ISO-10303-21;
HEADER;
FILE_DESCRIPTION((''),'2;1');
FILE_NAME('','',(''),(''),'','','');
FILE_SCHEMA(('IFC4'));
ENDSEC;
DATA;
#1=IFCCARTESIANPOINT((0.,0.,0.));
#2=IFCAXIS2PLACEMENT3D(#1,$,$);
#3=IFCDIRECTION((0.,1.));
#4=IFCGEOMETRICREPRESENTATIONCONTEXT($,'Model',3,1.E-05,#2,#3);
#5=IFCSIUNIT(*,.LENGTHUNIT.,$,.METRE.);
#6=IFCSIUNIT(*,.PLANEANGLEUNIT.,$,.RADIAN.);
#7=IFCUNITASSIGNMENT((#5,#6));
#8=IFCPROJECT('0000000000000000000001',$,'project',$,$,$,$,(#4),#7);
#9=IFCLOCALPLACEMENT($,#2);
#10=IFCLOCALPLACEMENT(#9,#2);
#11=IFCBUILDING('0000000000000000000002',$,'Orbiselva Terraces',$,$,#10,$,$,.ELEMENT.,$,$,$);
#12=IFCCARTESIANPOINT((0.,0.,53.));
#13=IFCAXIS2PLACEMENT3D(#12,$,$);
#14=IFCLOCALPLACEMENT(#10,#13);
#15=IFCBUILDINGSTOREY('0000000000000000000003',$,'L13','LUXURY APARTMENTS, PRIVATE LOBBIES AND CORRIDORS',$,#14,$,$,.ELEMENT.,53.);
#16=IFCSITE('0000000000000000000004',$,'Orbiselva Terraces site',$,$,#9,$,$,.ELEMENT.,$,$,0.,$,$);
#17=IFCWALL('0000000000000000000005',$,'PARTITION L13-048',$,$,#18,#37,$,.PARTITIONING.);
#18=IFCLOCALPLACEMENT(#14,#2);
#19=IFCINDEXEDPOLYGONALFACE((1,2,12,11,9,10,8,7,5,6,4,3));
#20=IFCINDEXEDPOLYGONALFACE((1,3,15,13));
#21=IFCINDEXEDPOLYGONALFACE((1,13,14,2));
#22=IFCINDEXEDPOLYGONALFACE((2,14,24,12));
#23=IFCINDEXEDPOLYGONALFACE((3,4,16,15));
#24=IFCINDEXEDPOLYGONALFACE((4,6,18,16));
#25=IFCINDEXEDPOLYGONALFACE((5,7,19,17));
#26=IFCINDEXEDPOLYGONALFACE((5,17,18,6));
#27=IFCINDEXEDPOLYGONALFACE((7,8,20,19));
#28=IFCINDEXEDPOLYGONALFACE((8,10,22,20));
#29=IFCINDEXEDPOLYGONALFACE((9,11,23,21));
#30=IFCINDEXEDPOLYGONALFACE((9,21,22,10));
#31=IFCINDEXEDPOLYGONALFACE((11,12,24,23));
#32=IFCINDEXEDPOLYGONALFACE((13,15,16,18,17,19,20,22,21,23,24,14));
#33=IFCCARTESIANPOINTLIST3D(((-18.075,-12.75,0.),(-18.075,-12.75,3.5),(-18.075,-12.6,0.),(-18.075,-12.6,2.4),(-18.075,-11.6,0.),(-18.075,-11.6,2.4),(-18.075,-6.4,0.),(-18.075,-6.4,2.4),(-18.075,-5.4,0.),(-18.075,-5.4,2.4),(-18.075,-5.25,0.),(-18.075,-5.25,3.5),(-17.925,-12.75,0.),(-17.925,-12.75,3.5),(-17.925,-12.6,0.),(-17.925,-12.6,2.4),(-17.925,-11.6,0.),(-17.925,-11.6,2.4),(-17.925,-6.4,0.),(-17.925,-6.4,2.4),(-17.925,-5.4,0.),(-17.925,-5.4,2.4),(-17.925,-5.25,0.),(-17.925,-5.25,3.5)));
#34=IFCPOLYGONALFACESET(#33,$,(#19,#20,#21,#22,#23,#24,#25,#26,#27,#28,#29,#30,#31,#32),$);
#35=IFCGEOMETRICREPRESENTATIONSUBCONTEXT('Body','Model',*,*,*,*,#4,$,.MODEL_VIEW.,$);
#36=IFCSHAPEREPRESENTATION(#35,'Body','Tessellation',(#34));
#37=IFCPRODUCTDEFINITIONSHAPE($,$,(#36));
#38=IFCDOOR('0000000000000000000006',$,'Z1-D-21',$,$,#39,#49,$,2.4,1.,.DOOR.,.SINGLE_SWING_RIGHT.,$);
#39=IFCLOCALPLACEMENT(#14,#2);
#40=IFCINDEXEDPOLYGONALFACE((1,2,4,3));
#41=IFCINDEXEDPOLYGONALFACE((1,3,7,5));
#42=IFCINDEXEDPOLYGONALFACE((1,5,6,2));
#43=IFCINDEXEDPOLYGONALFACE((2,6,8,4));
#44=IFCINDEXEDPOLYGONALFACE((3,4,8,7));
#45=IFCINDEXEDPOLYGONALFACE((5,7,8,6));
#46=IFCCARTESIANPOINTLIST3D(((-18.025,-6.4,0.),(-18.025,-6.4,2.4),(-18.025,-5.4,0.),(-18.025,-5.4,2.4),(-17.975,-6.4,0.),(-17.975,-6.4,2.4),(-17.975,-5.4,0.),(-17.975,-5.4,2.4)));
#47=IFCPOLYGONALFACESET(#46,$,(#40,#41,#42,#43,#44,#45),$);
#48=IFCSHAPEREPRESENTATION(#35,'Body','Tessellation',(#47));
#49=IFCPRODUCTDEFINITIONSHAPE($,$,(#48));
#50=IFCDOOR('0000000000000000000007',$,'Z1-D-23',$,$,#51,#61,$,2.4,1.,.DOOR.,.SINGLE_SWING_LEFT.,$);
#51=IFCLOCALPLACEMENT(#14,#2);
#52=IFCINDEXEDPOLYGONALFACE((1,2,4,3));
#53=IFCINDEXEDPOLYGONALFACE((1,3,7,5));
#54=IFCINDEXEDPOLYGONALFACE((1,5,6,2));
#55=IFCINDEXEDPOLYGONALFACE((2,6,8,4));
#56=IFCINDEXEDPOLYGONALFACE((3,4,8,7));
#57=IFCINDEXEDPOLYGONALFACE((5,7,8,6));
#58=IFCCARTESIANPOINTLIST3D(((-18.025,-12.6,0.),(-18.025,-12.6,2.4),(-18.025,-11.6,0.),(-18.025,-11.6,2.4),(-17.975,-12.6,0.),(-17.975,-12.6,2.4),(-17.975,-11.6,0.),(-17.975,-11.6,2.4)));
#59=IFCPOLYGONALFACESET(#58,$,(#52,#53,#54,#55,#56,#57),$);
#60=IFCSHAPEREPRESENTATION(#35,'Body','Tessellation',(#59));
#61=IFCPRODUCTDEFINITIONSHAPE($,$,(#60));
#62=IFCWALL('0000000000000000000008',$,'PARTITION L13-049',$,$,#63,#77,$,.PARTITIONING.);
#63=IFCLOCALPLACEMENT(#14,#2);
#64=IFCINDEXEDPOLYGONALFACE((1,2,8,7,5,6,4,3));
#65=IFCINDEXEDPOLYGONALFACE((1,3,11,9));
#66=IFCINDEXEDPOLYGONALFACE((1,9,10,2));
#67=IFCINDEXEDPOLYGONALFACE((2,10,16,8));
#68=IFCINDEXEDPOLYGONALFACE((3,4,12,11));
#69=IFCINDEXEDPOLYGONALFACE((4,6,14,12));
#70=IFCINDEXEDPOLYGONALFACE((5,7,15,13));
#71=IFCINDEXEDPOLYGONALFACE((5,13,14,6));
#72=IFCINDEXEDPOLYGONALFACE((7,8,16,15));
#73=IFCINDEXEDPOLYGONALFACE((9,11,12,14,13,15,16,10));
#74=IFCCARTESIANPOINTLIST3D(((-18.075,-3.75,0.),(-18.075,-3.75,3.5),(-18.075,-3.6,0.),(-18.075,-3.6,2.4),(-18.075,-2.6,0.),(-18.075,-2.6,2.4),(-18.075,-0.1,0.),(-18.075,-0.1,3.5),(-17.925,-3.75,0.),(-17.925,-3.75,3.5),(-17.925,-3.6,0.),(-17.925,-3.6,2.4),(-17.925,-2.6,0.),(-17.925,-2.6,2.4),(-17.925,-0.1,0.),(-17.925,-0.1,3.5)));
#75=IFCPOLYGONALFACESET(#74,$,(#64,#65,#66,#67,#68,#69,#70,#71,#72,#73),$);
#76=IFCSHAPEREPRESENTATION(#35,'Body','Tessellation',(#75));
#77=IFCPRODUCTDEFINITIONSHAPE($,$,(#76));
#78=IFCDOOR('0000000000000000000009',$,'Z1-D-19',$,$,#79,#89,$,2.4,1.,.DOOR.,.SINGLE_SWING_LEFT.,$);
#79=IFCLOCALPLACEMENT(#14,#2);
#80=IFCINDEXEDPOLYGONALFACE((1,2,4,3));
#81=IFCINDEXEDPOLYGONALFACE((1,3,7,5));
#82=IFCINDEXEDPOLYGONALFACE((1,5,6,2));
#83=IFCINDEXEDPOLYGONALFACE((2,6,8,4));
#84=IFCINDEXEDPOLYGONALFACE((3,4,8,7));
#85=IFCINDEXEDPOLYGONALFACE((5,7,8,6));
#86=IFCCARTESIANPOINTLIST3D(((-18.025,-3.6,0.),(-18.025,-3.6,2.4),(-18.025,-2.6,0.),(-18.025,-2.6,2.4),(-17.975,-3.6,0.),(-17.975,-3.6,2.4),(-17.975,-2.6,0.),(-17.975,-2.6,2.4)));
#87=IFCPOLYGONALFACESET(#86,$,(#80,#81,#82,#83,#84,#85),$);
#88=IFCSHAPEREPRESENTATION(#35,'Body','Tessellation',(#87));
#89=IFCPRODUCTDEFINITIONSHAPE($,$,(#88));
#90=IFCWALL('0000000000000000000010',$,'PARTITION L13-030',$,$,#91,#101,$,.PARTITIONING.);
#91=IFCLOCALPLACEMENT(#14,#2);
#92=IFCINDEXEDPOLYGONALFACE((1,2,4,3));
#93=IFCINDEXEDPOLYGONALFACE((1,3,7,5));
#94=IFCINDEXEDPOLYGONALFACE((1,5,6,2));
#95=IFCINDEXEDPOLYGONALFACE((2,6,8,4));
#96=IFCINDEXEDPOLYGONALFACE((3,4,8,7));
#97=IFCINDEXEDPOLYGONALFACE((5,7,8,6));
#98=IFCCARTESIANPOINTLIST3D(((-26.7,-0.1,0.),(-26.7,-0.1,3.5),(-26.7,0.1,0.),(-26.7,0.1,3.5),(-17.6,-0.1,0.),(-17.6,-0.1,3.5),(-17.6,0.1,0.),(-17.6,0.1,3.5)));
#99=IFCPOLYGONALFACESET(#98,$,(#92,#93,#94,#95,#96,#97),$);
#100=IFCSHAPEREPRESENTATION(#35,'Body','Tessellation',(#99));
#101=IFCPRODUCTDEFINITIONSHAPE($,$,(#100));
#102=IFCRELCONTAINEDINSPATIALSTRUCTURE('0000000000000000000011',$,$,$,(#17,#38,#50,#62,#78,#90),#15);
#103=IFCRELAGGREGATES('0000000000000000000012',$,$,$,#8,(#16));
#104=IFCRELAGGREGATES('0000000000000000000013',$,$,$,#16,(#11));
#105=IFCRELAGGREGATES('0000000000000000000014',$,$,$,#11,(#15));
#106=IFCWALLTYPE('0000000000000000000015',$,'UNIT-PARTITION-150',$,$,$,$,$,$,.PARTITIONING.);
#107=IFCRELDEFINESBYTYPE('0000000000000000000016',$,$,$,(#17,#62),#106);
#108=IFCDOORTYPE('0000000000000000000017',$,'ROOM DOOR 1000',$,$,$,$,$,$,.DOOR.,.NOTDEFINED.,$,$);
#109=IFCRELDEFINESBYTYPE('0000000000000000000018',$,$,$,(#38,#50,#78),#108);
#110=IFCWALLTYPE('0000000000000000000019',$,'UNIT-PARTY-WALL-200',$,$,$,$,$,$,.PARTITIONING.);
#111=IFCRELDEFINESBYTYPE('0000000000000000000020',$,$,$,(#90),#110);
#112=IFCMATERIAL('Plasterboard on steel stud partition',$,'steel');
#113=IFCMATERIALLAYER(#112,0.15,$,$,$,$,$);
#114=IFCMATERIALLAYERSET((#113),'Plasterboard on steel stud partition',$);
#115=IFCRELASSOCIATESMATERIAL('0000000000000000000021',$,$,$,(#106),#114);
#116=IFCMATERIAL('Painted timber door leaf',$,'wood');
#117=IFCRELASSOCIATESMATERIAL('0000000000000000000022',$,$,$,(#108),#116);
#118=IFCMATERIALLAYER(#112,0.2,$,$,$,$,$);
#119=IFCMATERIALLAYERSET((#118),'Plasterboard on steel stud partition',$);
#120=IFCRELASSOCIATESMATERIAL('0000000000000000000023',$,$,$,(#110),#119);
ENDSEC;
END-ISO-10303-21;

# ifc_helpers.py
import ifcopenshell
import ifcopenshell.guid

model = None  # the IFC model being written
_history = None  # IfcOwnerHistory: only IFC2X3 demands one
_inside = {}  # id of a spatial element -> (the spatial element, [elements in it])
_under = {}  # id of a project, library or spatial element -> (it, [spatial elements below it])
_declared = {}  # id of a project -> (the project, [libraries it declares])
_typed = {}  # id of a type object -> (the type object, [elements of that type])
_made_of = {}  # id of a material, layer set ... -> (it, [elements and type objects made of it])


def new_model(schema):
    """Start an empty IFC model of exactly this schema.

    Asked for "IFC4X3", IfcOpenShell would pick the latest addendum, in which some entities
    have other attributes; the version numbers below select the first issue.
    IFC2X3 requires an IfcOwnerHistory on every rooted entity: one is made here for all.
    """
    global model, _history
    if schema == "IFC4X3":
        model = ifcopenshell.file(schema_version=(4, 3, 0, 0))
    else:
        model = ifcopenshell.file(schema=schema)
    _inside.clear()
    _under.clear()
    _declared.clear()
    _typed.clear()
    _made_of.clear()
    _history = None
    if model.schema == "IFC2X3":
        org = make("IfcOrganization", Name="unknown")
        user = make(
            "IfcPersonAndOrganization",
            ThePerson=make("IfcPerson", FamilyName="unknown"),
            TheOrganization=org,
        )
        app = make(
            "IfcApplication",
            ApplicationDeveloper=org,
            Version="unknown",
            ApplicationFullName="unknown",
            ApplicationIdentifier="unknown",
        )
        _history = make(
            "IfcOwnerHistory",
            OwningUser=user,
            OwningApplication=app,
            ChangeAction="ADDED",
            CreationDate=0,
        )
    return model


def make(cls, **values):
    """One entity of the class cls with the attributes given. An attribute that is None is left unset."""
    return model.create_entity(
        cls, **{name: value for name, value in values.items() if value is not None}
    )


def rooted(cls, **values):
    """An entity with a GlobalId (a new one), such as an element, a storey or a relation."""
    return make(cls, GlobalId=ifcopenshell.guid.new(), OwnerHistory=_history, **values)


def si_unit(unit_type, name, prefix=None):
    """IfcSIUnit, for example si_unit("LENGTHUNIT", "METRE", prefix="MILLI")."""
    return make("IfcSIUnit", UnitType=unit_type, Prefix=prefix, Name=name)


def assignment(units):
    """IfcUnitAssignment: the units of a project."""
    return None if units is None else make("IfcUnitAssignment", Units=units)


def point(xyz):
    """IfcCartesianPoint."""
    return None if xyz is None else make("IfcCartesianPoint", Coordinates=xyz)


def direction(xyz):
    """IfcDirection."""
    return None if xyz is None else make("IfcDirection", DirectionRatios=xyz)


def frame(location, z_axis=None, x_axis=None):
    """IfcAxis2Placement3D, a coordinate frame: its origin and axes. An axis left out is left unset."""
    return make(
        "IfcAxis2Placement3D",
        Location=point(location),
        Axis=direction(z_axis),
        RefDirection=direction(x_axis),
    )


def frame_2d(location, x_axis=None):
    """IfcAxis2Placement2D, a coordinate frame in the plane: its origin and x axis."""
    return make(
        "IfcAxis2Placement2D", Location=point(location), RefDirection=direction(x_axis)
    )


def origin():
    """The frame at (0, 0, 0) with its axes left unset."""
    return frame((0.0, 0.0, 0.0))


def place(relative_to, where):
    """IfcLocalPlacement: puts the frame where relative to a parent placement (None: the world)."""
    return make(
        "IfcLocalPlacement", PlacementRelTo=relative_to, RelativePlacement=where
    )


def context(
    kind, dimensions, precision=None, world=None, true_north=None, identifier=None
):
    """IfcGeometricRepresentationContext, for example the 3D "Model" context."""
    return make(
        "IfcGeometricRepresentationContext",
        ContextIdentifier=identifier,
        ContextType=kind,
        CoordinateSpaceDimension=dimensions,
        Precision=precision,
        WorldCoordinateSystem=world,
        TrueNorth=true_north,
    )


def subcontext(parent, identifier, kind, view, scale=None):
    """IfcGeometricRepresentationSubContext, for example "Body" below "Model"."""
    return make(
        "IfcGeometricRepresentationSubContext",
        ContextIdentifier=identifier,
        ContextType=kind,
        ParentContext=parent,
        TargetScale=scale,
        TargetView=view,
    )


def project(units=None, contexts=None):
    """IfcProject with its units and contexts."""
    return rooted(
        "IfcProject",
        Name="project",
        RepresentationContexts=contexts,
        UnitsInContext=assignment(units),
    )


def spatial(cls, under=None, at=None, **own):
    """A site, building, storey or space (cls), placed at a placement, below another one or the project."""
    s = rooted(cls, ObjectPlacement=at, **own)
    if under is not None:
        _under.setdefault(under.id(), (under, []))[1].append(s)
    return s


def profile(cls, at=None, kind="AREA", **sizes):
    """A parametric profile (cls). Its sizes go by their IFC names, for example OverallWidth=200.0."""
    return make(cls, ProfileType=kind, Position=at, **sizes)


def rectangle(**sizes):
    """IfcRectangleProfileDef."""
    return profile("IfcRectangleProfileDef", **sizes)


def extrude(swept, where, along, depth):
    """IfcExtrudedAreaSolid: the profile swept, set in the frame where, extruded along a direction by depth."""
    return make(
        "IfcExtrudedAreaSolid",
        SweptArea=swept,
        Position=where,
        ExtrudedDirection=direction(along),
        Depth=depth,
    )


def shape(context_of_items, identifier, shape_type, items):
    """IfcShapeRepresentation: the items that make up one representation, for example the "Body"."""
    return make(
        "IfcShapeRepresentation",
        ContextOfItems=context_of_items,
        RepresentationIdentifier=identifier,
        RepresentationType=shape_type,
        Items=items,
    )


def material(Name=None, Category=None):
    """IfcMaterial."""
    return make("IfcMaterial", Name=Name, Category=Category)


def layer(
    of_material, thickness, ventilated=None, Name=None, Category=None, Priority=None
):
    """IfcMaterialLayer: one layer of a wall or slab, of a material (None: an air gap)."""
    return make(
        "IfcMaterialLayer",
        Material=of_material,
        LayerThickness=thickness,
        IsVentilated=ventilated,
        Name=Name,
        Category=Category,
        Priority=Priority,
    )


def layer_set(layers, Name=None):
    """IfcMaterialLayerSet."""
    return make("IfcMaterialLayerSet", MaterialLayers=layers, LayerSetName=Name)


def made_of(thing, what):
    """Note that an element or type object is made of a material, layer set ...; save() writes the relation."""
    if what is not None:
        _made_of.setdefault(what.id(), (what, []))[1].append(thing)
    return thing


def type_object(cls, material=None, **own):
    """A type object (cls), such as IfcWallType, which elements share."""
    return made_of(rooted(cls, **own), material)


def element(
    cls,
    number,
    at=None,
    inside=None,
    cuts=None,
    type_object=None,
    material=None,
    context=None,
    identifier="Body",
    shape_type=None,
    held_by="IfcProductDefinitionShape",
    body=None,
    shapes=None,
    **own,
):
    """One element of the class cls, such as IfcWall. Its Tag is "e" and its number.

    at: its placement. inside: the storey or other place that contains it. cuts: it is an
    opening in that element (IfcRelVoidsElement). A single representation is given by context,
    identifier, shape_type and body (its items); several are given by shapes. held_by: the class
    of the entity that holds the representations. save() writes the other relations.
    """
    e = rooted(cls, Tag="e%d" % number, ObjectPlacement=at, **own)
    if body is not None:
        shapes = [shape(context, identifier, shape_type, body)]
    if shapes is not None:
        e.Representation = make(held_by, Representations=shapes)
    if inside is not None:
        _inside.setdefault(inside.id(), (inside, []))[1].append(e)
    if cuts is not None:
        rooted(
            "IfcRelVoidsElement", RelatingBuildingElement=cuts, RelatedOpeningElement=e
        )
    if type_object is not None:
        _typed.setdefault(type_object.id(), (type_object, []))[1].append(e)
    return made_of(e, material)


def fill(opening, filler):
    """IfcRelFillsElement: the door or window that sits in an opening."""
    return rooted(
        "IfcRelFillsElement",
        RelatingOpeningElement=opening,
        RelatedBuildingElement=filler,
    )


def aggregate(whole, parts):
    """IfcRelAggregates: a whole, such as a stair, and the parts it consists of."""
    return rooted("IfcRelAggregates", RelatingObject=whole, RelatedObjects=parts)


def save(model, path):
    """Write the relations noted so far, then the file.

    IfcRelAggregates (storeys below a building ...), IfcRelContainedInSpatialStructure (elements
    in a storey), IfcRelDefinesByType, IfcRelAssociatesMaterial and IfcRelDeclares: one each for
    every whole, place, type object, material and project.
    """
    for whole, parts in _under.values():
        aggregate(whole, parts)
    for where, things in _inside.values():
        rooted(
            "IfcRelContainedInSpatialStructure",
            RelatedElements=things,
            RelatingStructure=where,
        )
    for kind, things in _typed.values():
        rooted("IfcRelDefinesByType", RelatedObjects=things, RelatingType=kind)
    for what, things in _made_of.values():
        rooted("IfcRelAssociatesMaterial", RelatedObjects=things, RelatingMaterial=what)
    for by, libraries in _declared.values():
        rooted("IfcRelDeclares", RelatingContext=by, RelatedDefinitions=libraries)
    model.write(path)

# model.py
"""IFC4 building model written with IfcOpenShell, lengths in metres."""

from ifc_helpers import new_model, si_unit, direction, frame, frame_2d, origin, place, context, subcontext, project, spatial, rectangle, extrude, material, layer, layer_set, type_object, element, fill, save


model = new_model("IFC4")

# Units and contexts
model_context = context("Model", 3, precision=1e-05, world=origin(), true_north=direction((0.0, 1.0)))
body_context = subcontext(model_context, "Body", "Model", "MODEL_VIEW")
ifc_project = project(units=[si_unit("LENGTHUNIT", "METRE"), si_unit("PLANEANGLEUNIT", "RADIAN")], contexts=[model_context])

# Site, building, storey
site_placement = place(None, origin())
site = spatial("IfcSite", under=ifc_project, at=site_placement, Name="Orbiselva Terraces site", CompositionType="ELEMENT", RefElevation=0.0)
building_placement = place(site_placement, origin())
building = spatial("IfcBuilding", under=site, at=building_placement, Name="Orbiselva Terraces", CompositionType="ELEMENT")
storey_placement = place(building_placement, frame((0.0, 0.0, 53.0)))
storey = spatial("IfcBuildingStorey", under=building, at=storey_placement, Name="L13", Description="LUXURY APARTMENTS, PRIVATE LOBBIES AND CORRIDORS", CompositionType="ELEMENT", Elevation=53.0)

# Shared definitions
ifc_material_1 = material(Name="Plasterboard on steel stud partition", Category="steel")
ifc_layer_1 = layer(ifc_material_1, 0.15)
ifc_layer_set_1 = layer_set([ifc_layer_1], Name="Plasterboard on steel stud partition")
wall_type_1 = type_object("IfcWallType", Name="UNIT-PARTITION-150", PredefinedType="PARTITIONING", material=ifc_layer_set_1)

# Shared definitions
ifc_material_2 = material(Name="Painted timber door leaf", Category="wood")

# Wall, openings, doors
wall_1_placement = place(storey_placement, frame((-18.0, -12.75, 0.0), z_axis=(0.0, 0.0, 1.0), x_axis=(0.0, 1.0, 0.0)))
wall_1 = element("IfcWall", 1, at=wall_1_placement, inside=storey, type_object=wall_type_1, Name="PARTITION L13-048", PredefinedType="PARTITIONING", context=body_context, shape_type="SweptSolid", body=[
    extrude(rectangle(XDim=7.5, YDim=0.15, at=frame_2d((3.75, 0.0))), origin(), (0.0, 0.0, 1.0), 3.5),
])
opening_1_placement = place(wall_1_placement, frame((6.35, 0.0, 0.0)))
opening_1 = element("IfcOpeningElement", 2, at=opening_1_placement, cuts=wall_1, PredefinedType="OPENING", context=body_context, shape_type="SweptSolid", body=[
    extrude(rectangle(XDim=1.0, YDim=2.4, at=frame_2d((0.5, 1.2))), frame((0.0, 0.085, 0.0), z_axis=(0.0, -1.0, 0.0), x_axis=(1.0, 0.0, 0.0)), (0.0, 0.0, 1.0), 0.17),
])
opening_2_placement = place(wall_1_placement, frame((0.15, 0.0, 0.0)))
opening_2 = element("IfcOpeningElement", 3, at=opening_2_placement, cuts=wall_1, PredefinedType="OPENING", context=body_context, shape_type="SweptSolid", body=[
    extrude(rectangle(XDim=1.0, YDim=2.4, at=frame_2d((0.5, 1.2))), frame((0.0, 0.085, 0.0), z_axis=(0.0, -1.0, 0.0), x_axis=(1.0, 0.0, 0.0)), (0.0, 0.0, 1.0), 0.17),
])
door_type_1 = type_object("IfcDoorType", Name="ROOM DOOR 1000", OperationType="NOTDEFINED", PredefinedType="DOOR", material=ifc_material_2)
door_1_placement = place(opening_1_placement, origin())
door_1 = element("IfcDoor", 4, at=door_1_placement, inside=storey, type_object=door_type_1, Name="Z1-D-21", OperationType="SINGLE_SWING_RIGHT", OverallHeight=2.4, OverallWidth=1.0, PredefinedType="DOOR", context=body_context, shape_type="SweptSolid", body=[
    extrude(rectangle(XDim=1.0, YDim=2.4, at=frame_2d((0.5, 1.2))), frame((0.0, 0.025, 0.0), z_axis=(0.0, -1.0, 0.0), x_axis=(1.0, 0.0, 0.0)), (0.0, 0.0, 1.0), 0.05),
])
fill(opening_1, door_1)
door_2_placement = place(opening_2_placement, origin())
door_2 = element("IfcDoor", 5, at=door_2_placement, inside=storey, type_object=door_type_1, Name="Z1-D-23", OperationType="SINGLE_SWING_LEFT", OverallHeight=2.4, OverallWidth=1.0, PredefinedType="DOOR", context=body_context, shape_type="SweptSolid", body=[
    extrude(rectangle(XDim=1.0, YDim=2.4, at=frame_2d((0.5, 1.2))), frame((0.0, 0.025, 0.0), z_axis=(0.0, -1.0, 0.0), x_axis=(1.0, 0.0, 0.0)), (0.0, 0.0, 1.0), 0.05),
])
fill(opening_2, door_2)

# Wall, opening, door
wall_2_placement = place(storey_placement, frame((-18.0, -3.75, 0.0), z_axis=(0.0, 0.0, 1.0), x_axis=(0.0, 1.0, 0.0)))
wall_2 = element("IfcWall", 6, at=wall_2_placement, inside=storey, type_object=wall_type_1, Name="PARTITION L13-049", PredefinedType="PARTITIONING", context=body_context, shape_type="SweptSolid", body=[
    extrude(rectangle(XDim=3.65, YDim=0.15, at=frame_2d((1.825, 0.0))), origin(), (0.0, 0.0, 1.0), 3.5),
])
opening_3_placement = place(wall_2_placement, frame((0.15, 0.0, 0.0)))
opening_3 = element("IfcOpeningElement", 7, at=opening_3_placement, cuts=wall_2, PredefinedType="OPENING", context=body_context, shape_type="SweptSolid", body=[
    extrude(rectangle(XDim=1.0, YDim=2.4, at=frame_2d((0.5, 1.2))), frame((0.0, 0.085, 0.0), z_axis=(0.0, -1.0, 0.0), x_axis=(1.0, 0.0, 0.0)), (0.0, 0.0, 1.0), 0.17),
])
door_3_placement = place(opening_3_placement, origin())
door_3 = element("IfcDoor", 8, at=door_3_placement, inside=storey, type_object=door_type_1, Name="Z1-D-19", OperationType="SINGLE_SWING_LEFT", OverallHeight=2.4, OverallWidth=1.0, PredefinedType="DOOR", context=body_context, shape_type="SweptSolid", body=[
    extrude(rectangle(XDim=1.0, YDim=2.4, at=frame_2d((0.5, 1.2))), frame((0.0, 0.025, 0.0), z_axis=(0.0, -1.0, 0.0), x_axis=(1.0, 0.0, 0.0)), (0.0, 0.0, 1.0), 0.05),
])
fill(opening_3, door_3)

# Wall
ifc_layer_2 = layer(ifc_material_1, 0.2)
ifc_layer_set_2 = layer_set([ifc_layer_2], Name="Plasterboard on steel stud partition")
wall_type_2 = type_object("IfcWallType", Name="UNIT-PARTY-WALL-200", PredefinedType="PARTITIONING", material=ifc_layer_set_2)
wall_3_placement = place(storey_placement, frame((-26.7, 0.0, 0.0), z_axis=(0.0, 0.0, 1.0), x_axis=(1.0, 0.0, 0.0)))
element("IfcWall", 9, at=wall_3_placement, inside=storey, type_object=wall_type_2, Name="PARTITION L13-030", PredefinedType="PARTITIONING", context=body_context, shape_type="SweptSolid", body=[
    extrude(rectangle(XDim=9.1, YDim=0.2, at=frame_2d((4.55, 0.0))), origin(), (0.0, 0.0, 1.0), 3.5),
])

save(model, "model.ifc")
